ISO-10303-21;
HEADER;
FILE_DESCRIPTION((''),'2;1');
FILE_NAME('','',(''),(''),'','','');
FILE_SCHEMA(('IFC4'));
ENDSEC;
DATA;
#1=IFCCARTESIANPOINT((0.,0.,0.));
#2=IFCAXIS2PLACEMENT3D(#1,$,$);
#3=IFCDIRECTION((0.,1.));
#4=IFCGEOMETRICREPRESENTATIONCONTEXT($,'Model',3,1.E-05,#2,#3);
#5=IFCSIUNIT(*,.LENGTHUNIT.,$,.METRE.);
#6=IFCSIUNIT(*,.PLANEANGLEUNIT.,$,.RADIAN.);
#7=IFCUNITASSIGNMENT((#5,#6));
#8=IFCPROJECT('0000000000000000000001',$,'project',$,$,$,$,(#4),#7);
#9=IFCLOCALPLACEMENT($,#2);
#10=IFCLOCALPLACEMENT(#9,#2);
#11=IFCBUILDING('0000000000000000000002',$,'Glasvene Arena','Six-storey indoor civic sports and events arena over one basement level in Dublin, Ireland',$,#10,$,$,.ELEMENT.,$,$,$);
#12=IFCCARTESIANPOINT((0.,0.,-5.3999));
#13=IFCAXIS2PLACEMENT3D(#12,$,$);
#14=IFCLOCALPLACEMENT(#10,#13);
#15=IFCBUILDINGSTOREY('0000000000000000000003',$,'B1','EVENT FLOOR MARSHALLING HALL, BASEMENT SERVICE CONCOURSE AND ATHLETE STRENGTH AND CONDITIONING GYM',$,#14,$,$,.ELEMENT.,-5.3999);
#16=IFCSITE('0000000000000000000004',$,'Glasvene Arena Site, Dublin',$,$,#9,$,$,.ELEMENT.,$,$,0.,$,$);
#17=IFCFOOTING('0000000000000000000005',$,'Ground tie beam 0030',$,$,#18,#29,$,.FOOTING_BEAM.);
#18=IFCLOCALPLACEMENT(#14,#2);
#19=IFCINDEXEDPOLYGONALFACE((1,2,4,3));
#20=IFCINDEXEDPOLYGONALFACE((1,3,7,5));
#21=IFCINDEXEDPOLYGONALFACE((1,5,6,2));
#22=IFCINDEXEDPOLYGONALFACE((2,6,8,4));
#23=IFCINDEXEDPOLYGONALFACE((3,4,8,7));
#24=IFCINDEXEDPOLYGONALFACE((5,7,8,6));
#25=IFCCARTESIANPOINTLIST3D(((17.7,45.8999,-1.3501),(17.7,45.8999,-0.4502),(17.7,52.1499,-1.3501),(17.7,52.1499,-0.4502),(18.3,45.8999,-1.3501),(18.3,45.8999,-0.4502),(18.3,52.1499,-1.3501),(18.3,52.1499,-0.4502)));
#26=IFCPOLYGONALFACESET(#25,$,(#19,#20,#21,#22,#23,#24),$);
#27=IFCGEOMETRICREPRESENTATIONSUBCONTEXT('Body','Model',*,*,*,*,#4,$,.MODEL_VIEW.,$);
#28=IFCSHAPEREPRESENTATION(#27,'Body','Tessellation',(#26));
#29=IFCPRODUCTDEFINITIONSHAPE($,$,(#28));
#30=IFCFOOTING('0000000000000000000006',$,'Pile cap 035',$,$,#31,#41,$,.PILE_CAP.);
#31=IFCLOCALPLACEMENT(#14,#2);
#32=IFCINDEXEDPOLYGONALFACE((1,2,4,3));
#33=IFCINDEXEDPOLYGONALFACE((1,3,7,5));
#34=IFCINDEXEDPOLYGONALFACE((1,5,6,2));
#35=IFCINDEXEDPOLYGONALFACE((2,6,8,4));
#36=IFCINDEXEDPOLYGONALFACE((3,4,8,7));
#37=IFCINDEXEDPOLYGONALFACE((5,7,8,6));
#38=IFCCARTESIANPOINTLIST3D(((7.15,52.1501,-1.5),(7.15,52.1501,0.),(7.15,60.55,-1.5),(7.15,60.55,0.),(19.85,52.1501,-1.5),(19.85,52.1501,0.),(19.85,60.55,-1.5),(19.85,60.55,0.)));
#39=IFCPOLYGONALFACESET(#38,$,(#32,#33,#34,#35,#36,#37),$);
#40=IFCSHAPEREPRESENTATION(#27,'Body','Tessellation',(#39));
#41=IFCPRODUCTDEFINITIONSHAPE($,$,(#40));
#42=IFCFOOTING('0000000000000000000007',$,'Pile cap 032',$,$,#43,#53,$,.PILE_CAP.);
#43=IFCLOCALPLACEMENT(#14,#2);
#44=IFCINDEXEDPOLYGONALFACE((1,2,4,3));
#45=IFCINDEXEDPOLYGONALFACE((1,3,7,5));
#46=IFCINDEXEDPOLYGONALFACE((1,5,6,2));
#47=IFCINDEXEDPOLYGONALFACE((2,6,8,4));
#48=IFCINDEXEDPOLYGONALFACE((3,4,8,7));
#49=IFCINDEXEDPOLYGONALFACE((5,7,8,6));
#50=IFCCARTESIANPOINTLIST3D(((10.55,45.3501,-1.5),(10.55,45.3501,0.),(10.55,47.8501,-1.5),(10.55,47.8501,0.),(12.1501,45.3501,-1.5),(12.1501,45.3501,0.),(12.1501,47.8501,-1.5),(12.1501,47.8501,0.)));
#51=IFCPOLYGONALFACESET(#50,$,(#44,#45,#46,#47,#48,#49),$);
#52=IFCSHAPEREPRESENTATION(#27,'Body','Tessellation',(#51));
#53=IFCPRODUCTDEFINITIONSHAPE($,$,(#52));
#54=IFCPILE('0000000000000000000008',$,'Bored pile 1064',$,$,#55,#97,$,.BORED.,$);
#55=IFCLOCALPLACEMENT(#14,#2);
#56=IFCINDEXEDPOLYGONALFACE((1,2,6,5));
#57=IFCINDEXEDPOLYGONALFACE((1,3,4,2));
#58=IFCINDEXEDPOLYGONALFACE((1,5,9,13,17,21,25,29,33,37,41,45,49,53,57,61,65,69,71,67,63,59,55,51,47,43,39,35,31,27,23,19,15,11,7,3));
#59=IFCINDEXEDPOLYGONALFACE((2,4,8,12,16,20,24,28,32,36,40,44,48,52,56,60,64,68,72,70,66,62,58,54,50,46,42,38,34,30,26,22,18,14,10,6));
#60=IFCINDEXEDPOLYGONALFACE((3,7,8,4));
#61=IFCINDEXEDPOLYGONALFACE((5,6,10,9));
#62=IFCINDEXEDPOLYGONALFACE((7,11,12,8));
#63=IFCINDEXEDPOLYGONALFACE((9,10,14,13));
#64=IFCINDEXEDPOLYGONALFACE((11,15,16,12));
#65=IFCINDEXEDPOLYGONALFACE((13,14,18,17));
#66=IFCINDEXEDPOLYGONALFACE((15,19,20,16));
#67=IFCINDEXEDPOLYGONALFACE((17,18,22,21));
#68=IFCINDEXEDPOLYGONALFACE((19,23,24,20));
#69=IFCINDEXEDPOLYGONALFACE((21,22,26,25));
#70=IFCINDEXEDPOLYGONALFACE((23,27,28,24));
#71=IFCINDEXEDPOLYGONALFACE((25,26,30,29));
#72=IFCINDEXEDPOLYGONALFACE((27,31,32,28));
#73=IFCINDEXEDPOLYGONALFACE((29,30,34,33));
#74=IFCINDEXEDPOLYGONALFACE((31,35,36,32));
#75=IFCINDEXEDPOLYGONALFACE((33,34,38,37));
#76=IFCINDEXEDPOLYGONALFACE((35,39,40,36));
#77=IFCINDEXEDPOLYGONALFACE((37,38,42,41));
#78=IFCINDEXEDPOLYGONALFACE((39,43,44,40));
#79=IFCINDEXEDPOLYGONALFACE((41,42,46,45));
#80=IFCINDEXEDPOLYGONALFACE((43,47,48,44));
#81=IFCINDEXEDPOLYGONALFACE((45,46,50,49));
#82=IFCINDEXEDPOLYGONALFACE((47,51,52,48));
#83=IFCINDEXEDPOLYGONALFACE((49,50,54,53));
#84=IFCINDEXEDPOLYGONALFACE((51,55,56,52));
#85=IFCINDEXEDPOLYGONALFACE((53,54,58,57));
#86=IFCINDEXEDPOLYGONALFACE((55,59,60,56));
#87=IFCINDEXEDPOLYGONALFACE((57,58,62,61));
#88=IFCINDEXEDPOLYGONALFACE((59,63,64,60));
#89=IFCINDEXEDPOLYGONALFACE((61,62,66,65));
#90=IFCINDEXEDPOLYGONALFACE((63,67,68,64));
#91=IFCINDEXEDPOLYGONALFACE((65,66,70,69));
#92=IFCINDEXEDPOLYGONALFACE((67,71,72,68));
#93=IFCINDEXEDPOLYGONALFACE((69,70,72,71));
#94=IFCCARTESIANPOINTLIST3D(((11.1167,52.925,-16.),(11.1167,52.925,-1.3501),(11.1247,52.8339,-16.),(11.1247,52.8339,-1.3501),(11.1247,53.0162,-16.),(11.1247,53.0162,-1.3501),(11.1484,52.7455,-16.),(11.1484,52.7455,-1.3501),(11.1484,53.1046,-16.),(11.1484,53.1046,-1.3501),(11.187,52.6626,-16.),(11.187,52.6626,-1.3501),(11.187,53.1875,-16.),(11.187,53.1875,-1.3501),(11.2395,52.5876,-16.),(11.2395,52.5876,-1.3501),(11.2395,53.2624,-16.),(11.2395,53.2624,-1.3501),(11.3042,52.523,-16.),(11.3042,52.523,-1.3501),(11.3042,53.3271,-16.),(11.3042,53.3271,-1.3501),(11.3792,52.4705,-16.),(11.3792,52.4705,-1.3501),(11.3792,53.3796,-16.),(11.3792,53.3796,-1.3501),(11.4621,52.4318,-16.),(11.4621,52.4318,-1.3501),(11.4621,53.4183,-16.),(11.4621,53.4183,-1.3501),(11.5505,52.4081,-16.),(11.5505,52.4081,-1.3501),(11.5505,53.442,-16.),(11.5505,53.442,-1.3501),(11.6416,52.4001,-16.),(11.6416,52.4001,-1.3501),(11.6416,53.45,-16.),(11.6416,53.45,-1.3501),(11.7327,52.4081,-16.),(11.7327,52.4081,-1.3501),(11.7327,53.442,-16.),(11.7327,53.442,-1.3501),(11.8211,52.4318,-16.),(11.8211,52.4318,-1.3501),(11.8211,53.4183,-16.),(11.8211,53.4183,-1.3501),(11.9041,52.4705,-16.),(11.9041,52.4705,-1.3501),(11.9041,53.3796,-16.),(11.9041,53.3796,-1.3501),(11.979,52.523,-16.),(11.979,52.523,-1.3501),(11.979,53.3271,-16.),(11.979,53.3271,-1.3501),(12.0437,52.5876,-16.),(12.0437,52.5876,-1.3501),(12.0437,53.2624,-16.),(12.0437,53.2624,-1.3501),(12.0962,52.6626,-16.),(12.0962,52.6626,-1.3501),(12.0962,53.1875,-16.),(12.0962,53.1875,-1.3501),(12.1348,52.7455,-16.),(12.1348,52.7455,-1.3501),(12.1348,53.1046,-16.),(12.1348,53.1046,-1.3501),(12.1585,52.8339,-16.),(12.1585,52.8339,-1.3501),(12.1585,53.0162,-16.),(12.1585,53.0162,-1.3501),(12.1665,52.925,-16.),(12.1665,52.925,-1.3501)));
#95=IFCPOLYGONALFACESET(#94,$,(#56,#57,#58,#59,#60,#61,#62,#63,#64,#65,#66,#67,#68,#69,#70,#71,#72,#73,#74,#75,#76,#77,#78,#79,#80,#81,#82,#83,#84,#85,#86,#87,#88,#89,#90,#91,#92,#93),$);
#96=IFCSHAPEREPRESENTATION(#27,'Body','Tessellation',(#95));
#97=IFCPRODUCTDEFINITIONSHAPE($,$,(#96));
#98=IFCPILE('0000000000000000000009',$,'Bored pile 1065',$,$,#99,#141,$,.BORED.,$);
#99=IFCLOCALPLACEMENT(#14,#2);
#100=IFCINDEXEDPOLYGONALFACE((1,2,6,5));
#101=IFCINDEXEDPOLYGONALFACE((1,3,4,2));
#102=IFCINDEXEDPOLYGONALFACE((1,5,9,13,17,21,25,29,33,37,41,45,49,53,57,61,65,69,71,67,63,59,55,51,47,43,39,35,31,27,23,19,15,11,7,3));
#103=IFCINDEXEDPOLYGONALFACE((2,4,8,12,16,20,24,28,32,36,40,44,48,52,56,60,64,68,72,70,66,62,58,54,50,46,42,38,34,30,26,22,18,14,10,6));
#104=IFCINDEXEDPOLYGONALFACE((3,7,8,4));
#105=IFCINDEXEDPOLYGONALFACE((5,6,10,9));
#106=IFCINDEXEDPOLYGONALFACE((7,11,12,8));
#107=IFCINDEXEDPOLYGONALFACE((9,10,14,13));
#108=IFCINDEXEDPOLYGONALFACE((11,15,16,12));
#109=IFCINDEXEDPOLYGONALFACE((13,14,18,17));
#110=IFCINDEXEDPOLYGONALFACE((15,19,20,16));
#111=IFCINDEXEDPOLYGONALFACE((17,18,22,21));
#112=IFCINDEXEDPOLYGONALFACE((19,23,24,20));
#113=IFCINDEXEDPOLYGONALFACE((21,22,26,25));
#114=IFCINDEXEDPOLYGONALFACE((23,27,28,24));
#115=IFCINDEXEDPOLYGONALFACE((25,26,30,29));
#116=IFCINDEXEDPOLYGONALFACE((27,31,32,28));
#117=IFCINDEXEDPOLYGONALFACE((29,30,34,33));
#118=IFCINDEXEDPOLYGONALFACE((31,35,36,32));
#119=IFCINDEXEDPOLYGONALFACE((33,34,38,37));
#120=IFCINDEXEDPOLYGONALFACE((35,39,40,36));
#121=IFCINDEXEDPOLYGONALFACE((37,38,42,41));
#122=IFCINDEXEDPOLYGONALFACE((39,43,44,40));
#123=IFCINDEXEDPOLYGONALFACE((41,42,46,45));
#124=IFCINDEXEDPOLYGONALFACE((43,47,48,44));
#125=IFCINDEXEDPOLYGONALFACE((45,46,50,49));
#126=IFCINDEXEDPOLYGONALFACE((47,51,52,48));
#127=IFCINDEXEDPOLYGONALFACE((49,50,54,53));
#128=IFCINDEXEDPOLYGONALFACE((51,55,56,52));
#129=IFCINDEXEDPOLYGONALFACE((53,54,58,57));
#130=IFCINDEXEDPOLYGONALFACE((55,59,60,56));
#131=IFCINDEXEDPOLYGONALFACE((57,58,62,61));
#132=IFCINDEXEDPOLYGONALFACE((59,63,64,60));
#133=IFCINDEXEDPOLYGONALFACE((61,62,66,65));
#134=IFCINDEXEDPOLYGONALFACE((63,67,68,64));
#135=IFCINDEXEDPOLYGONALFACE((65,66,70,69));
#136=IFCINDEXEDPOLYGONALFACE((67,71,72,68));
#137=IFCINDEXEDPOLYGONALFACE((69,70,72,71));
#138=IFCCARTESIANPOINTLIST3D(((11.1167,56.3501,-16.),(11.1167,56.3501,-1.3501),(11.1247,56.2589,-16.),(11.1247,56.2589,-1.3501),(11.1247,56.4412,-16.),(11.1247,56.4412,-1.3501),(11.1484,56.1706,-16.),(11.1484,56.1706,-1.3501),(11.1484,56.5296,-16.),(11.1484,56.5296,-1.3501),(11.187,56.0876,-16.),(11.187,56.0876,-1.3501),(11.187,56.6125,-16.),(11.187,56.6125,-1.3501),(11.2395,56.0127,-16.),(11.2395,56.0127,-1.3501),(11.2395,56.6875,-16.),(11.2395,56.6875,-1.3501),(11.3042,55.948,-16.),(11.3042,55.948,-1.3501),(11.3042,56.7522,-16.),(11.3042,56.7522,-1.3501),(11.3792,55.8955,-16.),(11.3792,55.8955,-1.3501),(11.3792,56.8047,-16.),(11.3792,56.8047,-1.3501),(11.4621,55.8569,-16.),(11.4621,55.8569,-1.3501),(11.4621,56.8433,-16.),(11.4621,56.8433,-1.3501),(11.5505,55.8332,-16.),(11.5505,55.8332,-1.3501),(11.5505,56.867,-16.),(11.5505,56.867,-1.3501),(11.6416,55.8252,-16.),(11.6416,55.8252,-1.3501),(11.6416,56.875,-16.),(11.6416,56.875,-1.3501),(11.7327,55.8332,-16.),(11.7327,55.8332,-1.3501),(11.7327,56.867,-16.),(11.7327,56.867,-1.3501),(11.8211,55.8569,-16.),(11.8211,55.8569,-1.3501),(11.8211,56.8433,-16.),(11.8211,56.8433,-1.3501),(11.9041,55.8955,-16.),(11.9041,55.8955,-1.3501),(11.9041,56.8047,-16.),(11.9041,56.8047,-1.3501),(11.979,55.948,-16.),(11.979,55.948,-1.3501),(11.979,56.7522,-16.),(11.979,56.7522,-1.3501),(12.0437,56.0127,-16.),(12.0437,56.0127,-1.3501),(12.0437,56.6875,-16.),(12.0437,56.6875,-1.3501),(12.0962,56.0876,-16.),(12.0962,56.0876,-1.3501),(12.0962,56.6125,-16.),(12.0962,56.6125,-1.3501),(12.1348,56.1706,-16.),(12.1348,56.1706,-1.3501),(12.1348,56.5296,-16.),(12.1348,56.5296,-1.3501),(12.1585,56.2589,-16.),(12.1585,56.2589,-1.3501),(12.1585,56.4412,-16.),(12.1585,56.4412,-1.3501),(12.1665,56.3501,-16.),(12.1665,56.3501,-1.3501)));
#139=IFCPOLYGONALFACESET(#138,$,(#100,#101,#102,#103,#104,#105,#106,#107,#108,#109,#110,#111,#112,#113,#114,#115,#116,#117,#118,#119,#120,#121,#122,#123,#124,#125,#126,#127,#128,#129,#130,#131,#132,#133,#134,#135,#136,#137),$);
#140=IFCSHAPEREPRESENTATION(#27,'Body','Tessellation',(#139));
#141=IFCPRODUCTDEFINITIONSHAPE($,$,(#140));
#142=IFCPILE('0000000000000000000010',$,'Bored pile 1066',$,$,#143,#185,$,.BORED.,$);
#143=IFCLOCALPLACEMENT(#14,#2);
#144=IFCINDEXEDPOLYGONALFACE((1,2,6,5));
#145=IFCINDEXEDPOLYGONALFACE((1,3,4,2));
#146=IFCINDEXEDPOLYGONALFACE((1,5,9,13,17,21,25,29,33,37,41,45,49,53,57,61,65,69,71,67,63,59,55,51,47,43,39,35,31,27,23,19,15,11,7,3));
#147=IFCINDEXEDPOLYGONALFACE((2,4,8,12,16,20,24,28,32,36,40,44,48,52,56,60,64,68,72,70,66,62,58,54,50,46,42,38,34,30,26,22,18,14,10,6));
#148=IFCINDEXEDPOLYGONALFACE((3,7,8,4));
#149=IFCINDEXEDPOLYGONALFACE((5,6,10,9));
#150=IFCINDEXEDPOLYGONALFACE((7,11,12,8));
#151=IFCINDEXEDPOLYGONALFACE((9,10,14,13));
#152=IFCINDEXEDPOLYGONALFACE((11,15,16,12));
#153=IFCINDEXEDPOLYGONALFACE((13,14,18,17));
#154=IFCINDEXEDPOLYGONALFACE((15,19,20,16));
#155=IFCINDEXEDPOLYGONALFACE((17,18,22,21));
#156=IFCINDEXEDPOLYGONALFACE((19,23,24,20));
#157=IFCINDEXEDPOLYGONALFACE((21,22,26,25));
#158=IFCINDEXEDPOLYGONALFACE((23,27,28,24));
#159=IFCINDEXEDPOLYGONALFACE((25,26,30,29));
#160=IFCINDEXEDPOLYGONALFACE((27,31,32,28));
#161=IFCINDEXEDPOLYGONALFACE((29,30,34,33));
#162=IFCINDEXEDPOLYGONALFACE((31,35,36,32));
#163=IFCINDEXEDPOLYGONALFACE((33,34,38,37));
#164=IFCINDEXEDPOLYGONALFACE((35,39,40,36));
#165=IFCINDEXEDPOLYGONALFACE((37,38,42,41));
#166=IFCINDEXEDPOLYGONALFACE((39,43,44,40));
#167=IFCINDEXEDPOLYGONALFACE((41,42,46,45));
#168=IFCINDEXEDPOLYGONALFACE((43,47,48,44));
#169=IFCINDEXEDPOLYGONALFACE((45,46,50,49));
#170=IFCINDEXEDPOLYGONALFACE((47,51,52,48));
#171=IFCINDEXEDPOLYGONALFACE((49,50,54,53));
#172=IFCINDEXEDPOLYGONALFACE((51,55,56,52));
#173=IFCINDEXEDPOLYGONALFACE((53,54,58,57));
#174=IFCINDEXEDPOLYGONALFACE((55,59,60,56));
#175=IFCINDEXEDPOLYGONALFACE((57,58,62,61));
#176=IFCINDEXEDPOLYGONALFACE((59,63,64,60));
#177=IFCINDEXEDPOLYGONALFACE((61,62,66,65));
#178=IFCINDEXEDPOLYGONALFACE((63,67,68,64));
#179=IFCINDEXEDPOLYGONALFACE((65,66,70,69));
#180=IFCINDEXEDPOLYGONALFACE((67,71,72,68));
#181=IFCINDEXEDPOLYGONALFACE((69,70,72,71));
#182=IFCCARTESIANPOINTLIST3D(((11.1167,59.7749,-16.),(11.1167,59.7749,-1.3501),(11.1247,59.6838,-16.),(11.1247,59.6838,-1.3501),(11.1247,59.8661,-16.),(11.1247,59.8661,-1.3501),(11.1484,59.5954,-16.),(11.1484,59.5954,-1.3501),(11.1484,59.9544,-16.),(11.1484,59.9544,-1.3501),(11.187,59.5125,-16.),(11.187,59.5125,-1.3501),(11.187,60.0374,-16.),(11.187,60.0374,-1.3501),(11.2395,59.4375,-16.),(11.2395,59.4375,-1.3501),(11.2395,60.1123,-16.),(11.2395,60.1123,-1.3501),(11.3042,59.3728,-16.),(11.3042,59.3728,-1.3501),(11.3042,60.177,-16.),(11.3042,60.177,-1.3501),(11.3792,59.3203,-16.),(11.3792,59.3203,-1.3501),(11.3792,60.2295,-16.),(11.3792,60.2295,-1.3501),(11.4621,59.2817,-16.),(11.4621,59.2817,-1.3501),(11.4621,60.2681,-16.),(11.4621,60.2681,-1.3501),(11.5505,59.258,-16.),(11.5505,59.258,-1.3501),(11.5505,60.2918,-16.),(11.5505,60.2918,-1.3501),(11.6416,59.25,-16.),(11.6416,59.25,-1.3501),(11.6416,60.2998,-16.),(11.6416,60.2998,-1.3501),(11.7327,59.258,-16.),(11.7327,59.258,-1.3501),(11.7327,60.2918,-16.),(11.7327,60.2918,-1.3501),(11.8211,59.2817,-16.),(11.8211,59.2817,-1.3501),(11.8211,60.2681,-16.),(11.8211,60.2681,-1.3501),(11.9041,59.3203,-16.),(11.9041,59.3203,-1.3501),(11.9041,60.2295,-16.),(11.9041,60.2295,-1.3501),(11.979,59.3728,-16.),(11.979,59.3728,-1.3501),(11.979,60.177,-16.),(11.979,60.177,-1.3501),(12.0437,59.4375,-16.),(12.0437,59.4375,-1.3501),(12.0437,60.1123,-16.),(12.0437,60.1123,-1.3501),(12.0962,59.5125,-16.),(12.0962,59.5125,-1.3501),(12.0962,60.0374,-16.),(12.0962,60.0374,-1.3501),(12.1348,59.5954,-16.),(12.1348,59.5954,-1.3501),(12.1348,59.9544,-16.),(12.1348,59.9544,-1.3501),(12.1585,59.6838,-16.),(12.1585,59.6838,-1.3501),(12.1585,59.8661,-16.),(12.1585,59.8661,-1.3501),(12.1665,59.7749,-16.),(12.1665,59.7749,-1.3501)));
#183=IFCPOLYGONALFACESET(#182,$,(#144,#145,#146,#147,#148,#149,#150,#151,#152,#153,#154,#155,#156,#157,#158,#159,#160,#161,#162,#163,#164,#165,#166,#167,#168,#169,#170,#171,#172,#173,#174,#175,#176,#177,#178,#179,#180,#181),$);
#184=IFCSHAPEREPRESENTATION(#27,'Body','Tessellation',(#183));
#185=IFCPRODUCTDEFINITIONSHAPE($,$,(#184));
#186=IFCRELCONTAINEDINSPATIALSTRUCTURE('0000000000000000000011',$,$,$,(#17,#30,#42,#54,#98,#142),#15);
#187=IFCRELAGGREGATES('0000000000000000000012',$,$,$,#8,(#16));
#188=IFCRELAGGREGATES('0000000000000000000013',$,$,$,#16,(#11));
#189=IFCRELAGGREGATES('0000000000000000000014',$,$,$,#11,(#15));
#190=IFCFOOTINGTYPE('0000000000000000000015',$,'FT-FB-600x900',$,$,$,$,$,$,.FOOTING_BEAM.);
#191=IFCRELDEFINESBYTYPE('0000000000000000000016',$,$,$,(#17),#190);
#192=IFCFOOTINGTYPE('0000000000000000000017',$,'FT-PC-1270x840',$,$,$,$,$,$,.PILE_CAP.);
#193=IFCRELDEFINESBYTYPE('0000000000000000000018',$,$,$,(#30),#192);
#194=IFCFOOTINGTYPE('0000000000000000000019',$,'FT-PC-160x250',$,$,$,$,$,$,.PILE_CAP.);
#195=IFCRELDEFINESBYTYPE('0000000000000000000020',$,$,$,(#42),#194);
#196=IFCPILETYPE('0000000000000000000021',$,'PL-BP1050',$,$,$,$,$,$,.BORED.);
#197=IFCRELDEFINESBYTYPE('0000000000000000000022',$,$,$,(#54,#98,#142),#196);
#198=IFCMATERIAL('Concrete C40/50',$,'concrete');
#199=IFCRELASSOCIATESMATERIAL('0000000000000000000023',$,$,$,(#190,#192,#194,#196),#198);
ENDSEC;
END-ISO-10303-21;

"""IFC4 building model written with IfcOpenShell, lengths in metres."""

from ifc_helpers import new_model, si_unit, direction, frame, origin, origin_2d, place, context, subcontext, project, spatial, polyline, rectangle, circle, outline, extrude, material, material_profile, profile_set, type_object, element, save


model = new_model("IFC4")

# Units and contexts
model_context = context("Model", 3, precision=1e-05, world=origin(), true_north=direction((0.0, 1.0)))
body_context = subcontext(model_context, "Body", "Model", "MODEL_VIEW")
ifc_project = project(units=[si_unit("LENGTHUNIT", "METRE"), si_unit("PLANEANGLEUNIT", "RADIAN")], contexts=[model_context])

# Site, building, storey
site_placement = place(None, origin())
site = spatial("IfcSite", under=ifc_project, at=site_placement, Name="Glasvene Arena Site, Dublin", CompositionType="ELEMENT", RefElevation=0.0)
building_placement = place(site_placement, origin())
building = spatial("IfcBuilding", under=site, at=building_placement, Name="Glasvene Arena", Description="Six-storey indoor civic sports and events arena over one basement level in Dublin, Ireland", CompositionType="ELEMENT")
storey_placement = place(building_placement, frame((0.0, 0.0, -5.3999)))
storey = spatial("IfcBuildingStorey", under=building, at=storey_placement, Name="B1", Description="EVENT FLOOR MARSHALLING HALL, BASEMENT SERVICE CONCOURSE AND ATHLETE STRENGTH AND CONDITIONING GYM", CompositionType="ELEMENT", Elevation=-5.3999)

# Footings
ifc_material_1 = material(Name="Concrete C40/50", Category="concrete")
footing_type_1 = type_object("IfcFootingType", Name="FT-FB-600x900", PredefinedType="FOOTING_BEAM", material=ifc_material_1)
footing_1_placement = place(storey_placement, frame((18.0, 49.0249, -1.3501)))
element("IfcFooting", 1, at=footing_1_placement, inside=storey, type_object=footing_type_1, Name="Ground tie beam 0030", PredefinedType="FOOTING_BEAM", context=body_context, shape_type="SweptSolid", body=[
    extrude(outline(polyline([(-0.3, -3.125), (0.3, -3.125), (0.3, 3.125), (-0.3, 3.125), (-0.3, -3.125)])), origin(), (0.0, 0.0, 1.0), 0.8999),
])
footing_type_2 = type_object("IfcFootingType", Name="FT-PC-1270x840", PredefinedType="PILE_CAP", material=ifc_material_1)
footing_2_placement = place(storey_placement, frame((13.5, 56.3501, -1.5), z_axis=(0.0, 0.0, 1.0), x_axis=(1.0, 0.0, 0.0)))
element("IfcFooting", 2, at=footing_2_placement, inside=storey, type_object=footing_type_2, Name="Pile cap 035", PredefinedType="PILE_CAP", context=body_context, shape_type="SweptSolid", body=[
    extrude(rectangle(XDim=12.7, YDim=8.3999, at=origin_2d()), origin(), (0.0, 0.0, 1.0), 1.5),
])
footing_type_3 = type_object("IfcFootingType", Name="FT-PC-160x250", PredefinedType="PILE_CAP", material=ifc_material_1)
footing_3_placement = place(storey_placement, frame((11.3501, 46.6001, -1.5), z_axis=(0.0, 0.0, 1.0), x_axis=(1.0, 0.0, 0.0)))
element("IfcFooting", 3, at=footing_3_placement, inside=storey, type_object=footing_type_3, Name="Pile cap 032", PredefinedType="PILE_CAP", context=body_context, shape_type="SweptSolid", body=[
    extrude(rectangle(XDim=1.6001, YDim=2.5, at=origin_2d()), origin(), (0.0, 0.0, 1.0), 1.5),
])

# Piles
ifc_material_profile_1 = material_profile(ifc_material_1, circle(Radius=0.5249, at=origin_2d()), Name="BORED PILE 1050")
ifc_profile_set_1 = profile_set([ifc_material_profile_1], Name="Concrete C40/50")
pile_type_1 = type_object("IfcPileType", Name="PL-BP1050", PredefinedType="BORED", material=ifc_profile_set_1)
for number, where, z_axis, x_axis, name in (
    (4, (11.6416, 52.925, -1.3501), (0.0, 0.0, -1.0), (1.0, 0.0, 0.0), "Bored pile 1064"),
    (5, (11.6416, 56.3501, -1.3501), (0.0, 0.0, -1.0), (1.0, 0.0, 0.0), "Bored pile 1065"),
    (6, (11.6416, 59.7749, -1.3501), (0.0, 0.0, -1.0), (1.0, 0.0, 0.0), "Bored pile 1066"),
):
    element("IfcPile", number, at=place(storey_placement, frame(where, z_axis=z_axis, x_axis=x_axis)), inside=storey, type_object=pile_type_1, Name=name, PredefinedType="BORED", context=body_context, shape_type="SweptSolid", body=[
        extrude(circle(Radius=0.5249, at=origin_2d()), origin(), (0.0, 0.0, 1.0), 14.6499),
    ])

save(model, "model.ifc")
